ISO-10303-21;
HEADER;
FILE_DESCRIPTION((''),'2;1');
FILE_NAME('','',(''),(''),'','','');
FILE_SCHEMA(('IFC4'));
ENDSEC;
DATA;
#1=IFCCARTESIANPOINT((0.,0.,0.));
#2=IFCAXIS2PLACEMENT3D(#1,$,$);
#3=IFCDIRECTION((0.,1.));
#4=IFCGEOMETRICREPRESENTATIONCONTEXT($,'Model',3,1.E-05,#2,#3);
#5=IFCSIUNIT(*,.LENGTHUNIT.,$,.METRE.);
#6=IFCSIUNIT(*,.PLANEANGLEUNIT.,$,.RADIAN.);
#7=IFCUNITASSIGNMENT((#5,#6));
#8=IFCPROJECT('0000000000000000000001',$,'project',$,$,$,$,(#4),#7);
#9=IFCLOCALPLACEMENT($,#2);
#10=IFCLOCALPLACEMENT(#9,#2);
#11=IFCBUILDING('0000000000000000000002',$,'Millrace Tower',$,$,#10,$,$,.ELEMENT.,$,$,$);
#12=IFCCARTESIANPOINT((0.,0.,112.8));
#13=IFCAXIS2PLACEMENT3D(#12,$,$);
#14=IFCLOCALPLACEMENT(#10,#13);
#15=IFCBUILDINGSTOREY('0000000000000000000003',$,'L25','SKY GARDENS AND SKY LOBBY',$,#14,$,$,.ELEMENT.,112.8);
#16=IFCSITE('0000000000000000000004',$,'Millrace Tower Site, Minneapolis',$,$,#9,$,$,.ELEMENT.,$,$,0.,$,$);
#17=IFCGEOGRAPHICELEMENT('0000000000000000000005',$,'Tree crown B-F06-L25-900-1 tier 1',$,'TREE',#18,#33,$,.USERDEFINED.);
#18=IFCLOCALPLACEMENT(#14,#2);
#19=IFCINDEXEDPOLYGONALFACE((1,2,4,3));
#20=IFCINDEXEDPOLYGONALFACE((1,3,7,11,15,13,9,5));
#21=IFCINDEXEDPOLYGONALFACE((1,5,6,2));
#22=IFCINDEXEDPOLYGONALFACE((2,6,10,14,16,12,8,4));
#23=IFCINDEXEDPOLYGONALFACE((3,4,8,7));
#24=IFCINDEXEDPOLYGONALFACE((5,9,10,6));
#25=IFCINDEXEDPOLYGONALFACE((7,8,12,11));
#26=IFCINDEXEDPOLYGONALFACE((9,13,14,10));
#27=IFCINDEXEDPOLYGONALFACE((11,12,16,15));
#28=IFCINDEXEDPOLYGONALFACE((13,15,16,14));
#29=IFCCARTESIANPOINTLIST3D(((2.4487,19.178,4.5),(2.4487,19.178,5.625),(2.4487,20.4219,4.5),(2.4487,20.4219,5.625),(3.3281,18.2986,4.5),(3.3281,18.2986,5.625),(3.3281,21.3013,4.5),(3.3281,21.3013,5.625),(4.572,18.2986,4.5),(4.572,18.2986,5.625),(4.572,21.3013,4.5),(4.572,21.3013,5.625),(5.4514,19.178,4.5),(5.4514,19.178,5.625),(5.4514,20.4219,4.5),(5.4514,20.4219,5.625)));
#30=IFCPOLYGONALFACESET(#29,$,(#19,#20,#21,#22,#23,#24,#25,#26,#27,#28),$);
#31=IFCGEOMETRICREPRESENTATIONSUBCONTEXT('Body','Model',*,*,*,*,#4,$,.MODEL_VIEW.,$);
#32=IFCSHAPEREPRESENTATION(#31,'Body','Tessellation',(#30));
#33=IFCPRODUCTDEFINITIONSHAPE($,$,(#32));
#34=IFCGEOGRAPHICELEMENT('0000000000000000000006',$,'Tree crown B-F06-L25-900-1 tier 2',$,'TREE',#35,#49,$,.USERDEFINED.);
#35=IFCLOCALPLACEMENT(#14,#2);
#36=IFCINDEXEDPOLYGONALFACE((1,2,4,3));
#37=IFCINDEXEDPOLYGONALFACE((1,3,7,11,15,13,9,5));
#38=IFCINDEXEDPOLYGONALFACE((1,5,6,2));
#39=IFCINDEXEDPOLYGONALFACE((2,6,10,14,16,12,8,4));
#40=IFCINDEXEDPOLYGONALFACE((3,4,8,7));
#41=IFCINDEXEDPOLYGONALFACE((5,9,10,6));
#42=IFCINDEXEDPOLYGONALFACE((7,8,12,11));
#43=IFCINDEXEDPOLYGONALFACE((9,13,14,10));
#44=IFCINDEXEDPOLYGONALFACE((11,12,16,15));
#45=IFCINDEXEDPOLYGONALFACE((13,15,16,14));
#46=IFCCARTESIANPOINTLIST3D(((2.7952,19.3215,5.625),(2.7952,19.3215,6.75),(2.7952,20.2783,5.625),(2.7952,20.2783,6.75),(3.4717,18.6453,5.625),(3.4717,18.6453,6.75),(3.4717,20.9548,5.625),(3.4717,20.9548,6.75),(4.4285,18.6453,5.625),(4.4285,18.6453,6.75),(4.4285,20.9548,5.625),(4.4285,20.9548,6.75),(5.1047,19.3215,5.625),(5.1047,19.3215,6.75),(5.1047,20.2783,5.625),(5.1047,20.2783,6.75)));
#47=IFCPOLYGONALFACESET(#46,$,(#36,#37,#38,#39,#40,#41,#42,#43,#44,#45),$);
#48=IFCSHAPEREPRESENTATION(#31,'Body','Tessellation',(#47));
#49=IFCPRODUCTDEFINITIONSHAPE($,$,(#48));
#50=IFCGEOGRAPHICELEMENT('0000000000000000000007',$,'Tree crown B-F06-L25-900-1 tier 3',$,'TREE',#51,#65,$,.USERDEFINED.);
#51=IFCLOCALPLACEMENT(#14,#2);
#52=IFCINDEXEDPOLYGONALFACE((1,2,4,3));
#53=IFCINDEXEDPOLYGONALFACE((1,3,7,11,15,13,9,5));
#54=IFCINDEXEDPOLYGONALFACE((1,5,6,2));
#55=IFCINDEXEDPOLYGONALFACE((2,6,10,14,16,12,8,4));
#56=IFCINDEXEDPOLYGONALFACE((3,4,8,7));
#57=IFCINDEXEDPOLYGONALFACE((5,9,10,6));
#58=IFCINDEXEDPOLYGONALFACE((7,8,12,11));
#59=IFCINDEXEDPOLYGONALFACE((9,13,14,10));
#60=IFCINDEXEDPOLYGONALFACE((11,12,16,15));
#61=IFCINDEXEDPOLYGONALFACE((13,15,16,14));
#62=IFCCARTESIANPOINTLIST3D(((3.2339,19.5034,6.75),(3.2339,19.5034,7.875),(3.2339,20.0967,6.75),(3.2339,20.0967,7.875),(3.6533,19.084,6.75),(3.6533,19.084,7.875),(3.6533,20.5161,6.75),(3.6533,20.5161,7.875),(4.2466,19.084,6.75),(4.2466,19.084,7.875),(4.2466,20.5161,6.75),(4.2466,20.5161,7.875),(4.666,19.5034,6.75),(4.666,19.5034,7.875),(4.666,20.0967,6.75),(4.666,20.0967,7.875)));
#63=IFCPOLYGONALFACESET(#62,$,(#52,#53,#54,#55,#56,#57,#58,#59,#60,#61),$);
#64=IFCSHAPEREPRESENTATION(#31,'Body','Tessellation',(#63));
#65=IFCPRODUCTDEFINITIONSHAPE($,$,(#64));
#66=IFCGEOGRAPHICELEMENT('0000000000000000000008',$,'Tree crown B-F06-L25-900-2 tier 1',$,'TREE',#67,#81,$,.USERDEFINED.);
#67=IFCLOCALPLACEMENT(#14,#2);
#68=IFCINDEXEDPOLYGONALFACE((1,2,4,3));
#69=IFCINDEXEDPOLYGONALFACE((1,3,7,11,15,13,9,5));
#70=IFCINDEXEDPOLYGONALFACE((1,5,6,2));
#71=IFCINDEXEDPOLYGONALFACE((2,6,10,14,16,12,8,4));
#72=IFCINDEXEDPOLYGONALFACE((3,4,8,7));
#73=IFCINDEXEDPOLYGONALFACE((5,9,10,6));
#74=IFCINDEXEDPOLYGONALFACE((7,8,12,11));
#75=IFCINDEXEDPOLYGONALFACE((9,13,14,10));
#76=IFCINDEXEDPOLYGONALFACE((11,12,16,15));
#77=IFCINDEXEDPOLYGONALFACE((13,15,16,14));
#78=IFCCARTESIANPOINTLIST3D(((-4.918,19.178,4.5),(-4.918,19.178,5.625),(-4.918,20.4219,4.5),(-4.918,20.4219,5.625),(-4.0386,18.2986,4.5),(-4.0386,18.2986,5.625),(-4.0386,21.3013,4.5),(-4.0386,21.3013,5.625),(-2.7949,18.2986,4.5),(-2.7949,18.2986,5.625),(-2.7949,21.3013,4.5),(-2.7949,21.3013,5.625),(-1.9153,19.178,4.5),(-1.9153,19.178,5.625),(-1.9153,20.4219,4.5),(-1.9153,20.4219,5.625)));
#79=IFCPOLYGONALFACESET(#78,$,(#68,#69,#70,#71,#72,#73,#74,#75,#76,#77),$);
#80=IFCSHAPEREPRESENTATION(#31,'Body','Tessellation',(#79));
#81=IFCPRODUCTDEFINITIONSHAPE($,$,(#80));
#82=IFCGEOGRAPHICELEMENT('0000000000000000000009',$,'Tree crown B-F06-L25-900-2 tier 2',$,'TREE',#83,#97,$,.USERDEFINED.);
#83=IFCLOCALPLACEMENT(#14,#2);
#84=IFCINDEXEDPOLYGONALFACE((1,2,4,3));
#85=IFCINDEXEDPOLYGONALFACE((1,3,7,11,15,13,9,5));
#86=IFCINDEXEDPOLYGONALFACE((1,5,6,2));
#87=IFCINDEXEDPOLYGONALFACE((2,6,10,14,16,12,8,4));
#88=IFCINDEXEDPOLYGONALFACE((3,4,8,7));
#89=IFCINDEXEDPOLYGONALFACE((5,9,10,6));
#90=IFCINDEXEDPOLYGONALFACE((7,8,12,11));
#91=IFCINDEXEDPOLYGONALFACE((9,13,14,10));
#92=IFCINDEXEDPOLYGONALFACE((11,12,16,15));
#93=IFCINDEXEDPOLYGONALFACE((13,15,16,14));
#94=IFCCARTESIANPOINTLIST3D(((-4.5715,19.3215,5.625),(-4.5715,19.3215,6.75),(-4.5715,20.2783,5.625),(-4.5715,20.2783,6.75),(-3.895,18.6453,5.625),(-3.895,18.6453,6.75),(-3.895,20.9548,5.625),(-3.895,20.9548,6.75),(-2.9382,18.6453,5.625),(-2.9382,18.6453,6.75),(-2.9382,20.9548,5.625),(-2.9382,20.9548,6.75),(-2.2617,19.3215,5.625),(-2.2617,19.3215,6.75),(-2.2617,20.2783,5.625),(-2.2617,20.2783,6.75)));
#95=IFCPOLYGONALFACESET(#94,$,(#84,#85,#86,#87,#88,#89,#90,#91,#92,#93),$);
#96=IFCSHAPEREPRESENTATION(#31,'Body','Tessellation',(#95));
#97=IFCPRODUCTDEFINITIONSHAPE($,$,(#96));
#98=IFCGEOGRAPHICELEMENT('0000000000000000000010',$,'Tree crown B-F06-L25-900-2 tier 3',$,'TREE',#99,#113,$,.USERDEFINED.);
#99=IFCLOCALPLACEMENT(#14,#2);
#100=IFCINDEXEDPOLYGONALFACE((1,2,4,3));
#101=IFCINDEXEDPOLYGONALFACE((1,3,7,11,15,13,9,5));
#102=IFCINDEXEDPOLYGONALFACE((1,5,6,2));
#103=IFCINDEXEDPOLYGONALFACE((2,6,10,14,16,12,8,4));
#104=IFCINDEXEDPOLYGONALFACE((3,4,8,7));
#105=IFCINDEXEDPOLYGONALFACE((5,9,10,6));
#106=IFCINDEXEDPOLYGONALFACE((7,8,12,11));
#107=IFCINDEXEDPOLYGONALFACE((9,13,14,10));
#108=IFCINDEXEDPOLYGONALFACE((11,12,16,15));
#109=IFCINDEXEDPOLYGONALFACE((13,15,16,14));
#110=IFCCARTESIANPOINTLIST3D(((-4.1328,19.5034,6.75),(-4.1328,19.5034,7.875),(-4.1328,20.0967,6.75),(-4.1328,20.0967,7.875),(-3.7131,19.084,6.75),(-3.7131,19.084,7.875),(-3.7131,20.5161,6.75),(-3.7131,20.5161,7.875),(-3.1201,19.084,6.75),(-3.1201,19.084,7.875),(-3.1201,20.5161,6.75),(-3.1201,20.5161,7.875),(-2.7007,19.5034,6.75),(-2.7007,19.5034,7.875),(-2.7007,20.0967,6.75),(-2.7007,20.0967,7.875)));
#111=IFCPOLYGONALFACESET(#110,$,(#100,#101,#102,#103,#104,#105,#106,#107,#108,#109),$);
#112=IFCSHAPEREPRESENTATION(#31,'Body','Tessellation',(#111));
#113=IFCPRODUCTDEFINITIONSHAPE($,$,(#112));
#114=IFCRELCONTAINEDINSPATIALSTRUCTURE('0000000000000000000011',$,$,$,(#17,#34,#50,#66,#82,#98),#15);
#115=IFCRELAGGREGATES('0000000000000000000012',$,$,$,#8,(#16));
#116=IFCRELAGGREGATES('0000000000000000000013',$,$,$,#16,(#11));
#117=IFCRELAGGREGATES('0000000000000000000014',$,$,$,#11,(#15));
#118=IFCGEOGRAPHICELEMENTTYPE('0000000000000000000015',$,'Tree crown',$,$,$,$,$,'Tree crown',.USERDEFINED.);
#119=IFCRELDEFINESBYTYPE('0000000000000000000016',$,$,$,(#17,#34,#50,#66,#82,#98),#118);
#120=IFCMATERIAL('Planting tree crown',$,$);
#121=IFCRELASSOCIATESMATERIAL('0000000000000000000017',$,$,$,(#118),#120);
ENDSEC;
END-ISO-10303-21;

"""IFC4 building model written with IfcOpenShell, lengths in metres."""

from ifc_helpers import new_model, si_unit, direction, frame, origin, place, context, subcontext, project, spatial, polyline, outline, extrude, material, type_object, element, save


model = new_model("IFC4")

# Units and contexts
model_context = context("Model", 3, precision=1e-05, world=origin(), true_north=direction((0.0, 1.0)))
body_context = subcontext(model_context, "Body", "Model", "MODEL_VIEW")
ifc_project = project(units=[si_unit("LENGTHUNIT", "METRE"), si_unit("PLANEANGLEUNIT", "RADIAN")], contexts=[model_context])

# Site, building, storey
site_placement = place(None, origin())
site = spatial("IfcSite", under=ifc_project, at=site_placement, Name="Millrace Tower Site, Minneapolis", CompositionType="ELEMENT", RefElevation=0.0)
building_placement = place(site_placement, origin())
building = spatial("IfcBuilding", under=site, at=building_placement, Name="Millrace Tower", CompositionType="ELEMENT")
storey_placement = place(building_placement, frame((0.0, 0.0, 112.8)))
storey = spatial("IfcBuildingStorey", under=building, at=storey_placement, Name="L25", Description="SKY GARDENS AND SKY LOBBY", CompositionType="ELEMENT", Elevation=112.8)

# Geographic elements
ifc_material_1 = material(Name="Planting tree crown")
geographic_element_type = type_object("IfcGeographicElementType", Name="Tree crown", ElementType="Tree crown", PredefinedType="USERDEFINED", material=ifc_material_1)
placement_1 = place(storey_placement, frame((0.0, 0.0, 4.5)))
placement_2 = place(storey_placement, frame((0.0, 0.0, 5.625)))
placement_3 = place(storey_placement, frame((0.0, 0.0, 6.75)))
element("IfcGeographicElement", 1, at=placement_1, inside=storey, type_object=geographic_element_type, Name="Tree crown B-F06-L25-900-1 tier 1", ObjectType="TREE", PredefinedType="USERDEFINED", context=body_context, shape_type="SweptSolid", body=[
    extrude(outline(polyline([(5.4514, 20.4219), (4.572, 21.3013), (3.3281, 21.3013), (2.4487, 20.4219), (2.4487, 19.178), (3.3281, 18.2986), (4.572, 18.2986), (5.4514, 19.178), (5.4514, 20.4219)])), origin(), (0.0, 0.0, 1.0), 1.125),
])
element("IfcGeographicElement", 2, at=placement_2, inside=storey, type_object=geographic_element_type, Name="Tree crown B-F06-L25-900-1 tier 2", ObjectType="TREE", PredefinedType="USERDEFINED", context=body_context, shape_type="SweptSolid", body=[
    extrude(outline(polyline([(5.1047, 20.2783), (4.4285, 20.9548), (3.4717, 20.9548), (2.7952, 20.2783), (2.7952, 19.3215), (3.4717, 18.6453), (4.4285, 18.6453), (5.1047, 19.3215), (5.1047, 20.2783)])), origin(), (0.0, 0.0, 1.0), 1.125),
])
element("IfcGeographicElement", 3, at=placement_3, inside=storey, type_object=geographic_element_type, Name="Tree crown B-F06-L25-900-1 tier 3", ObjectType="TREE", PredefinedType="USERDEFINED", context=body_context, shape_type="SweptSolid", body=[
    extrude(outline(polyline([(4.666, 20.0967), (4.2466, 20.5161), (3.6533, 20.5161), (3.2339, 20.0967), (3.2339, 19.5034), (3.6533, 19.084), (4.2466, 19.084), (4.666, 19.5034), (4.666, 20.0967)])), origin(), (0.0, 0.0, 1.0), 1.125),
])
element("IfcGeographicElement", 4, at=placement_1, inside=storey, type_object=geographic_element_type, Name="Tree crown B-F06-L25-900-2 tier 1", ObjectType="TREE", PredefinedType="USERDEFINED", context=body_context, shape_type="SweptSolid", body=[
    extrude(outline(polyline([(-1.9153, 20.4219), (-2.7949, 21.3013), (-4.0386, 21.3013), (-4.918, 20.4219), (-4.918, 19.178), (-4.0386, 18.2986), (-2.7949, 18.2986), (-1.9153, 19.178), (-1.9153, 20.4219)])), origin(), (0.0, 0.0, 1.0), 1.125),
])
element("IfcGeographicElement", 5, at=placement_2, inside=storey, type_object=geographic_element_type, Name="Tree crown B-F06-L25-900-2 tier 2", ObjectType="TREE", PredefinedType="USERDEFINED", context=body_context, shape_type="SweptSolid", body=[
    extrude(outline(polyline([(-2.2617, 20.2783), (-2.9382, 20.9548), (-3.895, 20.9548), (-4.5715, 20.2783), (-4.5715, 19.3215), (-3.895, 18.6453), (-2.9382, 18.6453), (-2.2617, 19.3215), (-2.2617, 20.2783)])), origin(), (0.0, 0.0, 1.0), 1.125),
])
element("IfcGeographicElement", 6, at=placement_3, inside=storey, type_object=geographic_element_type, Name="Tree crown B-F06-L25-900-2 tier 3", ObjectType="TREE", PredefinedType="USERDEFINED", context=body_context, shape_type="SweptSolid", body=[
    extrude(outline(polyline([(-2.7007, 20.0967), (-3.1201, 20.5161), (-3.7131, 20.5161), (-4.1328, 20.0967), (-4.1328, 19.5034), (-3.7131, 19.084), (-3.1201, 19.084), (-2.7007, 19.5034), (-2.7007, 20.0967)])), origin(), (0.0, 0.0, 1.0), 1.125),
])

save(model, "model.ifc")
